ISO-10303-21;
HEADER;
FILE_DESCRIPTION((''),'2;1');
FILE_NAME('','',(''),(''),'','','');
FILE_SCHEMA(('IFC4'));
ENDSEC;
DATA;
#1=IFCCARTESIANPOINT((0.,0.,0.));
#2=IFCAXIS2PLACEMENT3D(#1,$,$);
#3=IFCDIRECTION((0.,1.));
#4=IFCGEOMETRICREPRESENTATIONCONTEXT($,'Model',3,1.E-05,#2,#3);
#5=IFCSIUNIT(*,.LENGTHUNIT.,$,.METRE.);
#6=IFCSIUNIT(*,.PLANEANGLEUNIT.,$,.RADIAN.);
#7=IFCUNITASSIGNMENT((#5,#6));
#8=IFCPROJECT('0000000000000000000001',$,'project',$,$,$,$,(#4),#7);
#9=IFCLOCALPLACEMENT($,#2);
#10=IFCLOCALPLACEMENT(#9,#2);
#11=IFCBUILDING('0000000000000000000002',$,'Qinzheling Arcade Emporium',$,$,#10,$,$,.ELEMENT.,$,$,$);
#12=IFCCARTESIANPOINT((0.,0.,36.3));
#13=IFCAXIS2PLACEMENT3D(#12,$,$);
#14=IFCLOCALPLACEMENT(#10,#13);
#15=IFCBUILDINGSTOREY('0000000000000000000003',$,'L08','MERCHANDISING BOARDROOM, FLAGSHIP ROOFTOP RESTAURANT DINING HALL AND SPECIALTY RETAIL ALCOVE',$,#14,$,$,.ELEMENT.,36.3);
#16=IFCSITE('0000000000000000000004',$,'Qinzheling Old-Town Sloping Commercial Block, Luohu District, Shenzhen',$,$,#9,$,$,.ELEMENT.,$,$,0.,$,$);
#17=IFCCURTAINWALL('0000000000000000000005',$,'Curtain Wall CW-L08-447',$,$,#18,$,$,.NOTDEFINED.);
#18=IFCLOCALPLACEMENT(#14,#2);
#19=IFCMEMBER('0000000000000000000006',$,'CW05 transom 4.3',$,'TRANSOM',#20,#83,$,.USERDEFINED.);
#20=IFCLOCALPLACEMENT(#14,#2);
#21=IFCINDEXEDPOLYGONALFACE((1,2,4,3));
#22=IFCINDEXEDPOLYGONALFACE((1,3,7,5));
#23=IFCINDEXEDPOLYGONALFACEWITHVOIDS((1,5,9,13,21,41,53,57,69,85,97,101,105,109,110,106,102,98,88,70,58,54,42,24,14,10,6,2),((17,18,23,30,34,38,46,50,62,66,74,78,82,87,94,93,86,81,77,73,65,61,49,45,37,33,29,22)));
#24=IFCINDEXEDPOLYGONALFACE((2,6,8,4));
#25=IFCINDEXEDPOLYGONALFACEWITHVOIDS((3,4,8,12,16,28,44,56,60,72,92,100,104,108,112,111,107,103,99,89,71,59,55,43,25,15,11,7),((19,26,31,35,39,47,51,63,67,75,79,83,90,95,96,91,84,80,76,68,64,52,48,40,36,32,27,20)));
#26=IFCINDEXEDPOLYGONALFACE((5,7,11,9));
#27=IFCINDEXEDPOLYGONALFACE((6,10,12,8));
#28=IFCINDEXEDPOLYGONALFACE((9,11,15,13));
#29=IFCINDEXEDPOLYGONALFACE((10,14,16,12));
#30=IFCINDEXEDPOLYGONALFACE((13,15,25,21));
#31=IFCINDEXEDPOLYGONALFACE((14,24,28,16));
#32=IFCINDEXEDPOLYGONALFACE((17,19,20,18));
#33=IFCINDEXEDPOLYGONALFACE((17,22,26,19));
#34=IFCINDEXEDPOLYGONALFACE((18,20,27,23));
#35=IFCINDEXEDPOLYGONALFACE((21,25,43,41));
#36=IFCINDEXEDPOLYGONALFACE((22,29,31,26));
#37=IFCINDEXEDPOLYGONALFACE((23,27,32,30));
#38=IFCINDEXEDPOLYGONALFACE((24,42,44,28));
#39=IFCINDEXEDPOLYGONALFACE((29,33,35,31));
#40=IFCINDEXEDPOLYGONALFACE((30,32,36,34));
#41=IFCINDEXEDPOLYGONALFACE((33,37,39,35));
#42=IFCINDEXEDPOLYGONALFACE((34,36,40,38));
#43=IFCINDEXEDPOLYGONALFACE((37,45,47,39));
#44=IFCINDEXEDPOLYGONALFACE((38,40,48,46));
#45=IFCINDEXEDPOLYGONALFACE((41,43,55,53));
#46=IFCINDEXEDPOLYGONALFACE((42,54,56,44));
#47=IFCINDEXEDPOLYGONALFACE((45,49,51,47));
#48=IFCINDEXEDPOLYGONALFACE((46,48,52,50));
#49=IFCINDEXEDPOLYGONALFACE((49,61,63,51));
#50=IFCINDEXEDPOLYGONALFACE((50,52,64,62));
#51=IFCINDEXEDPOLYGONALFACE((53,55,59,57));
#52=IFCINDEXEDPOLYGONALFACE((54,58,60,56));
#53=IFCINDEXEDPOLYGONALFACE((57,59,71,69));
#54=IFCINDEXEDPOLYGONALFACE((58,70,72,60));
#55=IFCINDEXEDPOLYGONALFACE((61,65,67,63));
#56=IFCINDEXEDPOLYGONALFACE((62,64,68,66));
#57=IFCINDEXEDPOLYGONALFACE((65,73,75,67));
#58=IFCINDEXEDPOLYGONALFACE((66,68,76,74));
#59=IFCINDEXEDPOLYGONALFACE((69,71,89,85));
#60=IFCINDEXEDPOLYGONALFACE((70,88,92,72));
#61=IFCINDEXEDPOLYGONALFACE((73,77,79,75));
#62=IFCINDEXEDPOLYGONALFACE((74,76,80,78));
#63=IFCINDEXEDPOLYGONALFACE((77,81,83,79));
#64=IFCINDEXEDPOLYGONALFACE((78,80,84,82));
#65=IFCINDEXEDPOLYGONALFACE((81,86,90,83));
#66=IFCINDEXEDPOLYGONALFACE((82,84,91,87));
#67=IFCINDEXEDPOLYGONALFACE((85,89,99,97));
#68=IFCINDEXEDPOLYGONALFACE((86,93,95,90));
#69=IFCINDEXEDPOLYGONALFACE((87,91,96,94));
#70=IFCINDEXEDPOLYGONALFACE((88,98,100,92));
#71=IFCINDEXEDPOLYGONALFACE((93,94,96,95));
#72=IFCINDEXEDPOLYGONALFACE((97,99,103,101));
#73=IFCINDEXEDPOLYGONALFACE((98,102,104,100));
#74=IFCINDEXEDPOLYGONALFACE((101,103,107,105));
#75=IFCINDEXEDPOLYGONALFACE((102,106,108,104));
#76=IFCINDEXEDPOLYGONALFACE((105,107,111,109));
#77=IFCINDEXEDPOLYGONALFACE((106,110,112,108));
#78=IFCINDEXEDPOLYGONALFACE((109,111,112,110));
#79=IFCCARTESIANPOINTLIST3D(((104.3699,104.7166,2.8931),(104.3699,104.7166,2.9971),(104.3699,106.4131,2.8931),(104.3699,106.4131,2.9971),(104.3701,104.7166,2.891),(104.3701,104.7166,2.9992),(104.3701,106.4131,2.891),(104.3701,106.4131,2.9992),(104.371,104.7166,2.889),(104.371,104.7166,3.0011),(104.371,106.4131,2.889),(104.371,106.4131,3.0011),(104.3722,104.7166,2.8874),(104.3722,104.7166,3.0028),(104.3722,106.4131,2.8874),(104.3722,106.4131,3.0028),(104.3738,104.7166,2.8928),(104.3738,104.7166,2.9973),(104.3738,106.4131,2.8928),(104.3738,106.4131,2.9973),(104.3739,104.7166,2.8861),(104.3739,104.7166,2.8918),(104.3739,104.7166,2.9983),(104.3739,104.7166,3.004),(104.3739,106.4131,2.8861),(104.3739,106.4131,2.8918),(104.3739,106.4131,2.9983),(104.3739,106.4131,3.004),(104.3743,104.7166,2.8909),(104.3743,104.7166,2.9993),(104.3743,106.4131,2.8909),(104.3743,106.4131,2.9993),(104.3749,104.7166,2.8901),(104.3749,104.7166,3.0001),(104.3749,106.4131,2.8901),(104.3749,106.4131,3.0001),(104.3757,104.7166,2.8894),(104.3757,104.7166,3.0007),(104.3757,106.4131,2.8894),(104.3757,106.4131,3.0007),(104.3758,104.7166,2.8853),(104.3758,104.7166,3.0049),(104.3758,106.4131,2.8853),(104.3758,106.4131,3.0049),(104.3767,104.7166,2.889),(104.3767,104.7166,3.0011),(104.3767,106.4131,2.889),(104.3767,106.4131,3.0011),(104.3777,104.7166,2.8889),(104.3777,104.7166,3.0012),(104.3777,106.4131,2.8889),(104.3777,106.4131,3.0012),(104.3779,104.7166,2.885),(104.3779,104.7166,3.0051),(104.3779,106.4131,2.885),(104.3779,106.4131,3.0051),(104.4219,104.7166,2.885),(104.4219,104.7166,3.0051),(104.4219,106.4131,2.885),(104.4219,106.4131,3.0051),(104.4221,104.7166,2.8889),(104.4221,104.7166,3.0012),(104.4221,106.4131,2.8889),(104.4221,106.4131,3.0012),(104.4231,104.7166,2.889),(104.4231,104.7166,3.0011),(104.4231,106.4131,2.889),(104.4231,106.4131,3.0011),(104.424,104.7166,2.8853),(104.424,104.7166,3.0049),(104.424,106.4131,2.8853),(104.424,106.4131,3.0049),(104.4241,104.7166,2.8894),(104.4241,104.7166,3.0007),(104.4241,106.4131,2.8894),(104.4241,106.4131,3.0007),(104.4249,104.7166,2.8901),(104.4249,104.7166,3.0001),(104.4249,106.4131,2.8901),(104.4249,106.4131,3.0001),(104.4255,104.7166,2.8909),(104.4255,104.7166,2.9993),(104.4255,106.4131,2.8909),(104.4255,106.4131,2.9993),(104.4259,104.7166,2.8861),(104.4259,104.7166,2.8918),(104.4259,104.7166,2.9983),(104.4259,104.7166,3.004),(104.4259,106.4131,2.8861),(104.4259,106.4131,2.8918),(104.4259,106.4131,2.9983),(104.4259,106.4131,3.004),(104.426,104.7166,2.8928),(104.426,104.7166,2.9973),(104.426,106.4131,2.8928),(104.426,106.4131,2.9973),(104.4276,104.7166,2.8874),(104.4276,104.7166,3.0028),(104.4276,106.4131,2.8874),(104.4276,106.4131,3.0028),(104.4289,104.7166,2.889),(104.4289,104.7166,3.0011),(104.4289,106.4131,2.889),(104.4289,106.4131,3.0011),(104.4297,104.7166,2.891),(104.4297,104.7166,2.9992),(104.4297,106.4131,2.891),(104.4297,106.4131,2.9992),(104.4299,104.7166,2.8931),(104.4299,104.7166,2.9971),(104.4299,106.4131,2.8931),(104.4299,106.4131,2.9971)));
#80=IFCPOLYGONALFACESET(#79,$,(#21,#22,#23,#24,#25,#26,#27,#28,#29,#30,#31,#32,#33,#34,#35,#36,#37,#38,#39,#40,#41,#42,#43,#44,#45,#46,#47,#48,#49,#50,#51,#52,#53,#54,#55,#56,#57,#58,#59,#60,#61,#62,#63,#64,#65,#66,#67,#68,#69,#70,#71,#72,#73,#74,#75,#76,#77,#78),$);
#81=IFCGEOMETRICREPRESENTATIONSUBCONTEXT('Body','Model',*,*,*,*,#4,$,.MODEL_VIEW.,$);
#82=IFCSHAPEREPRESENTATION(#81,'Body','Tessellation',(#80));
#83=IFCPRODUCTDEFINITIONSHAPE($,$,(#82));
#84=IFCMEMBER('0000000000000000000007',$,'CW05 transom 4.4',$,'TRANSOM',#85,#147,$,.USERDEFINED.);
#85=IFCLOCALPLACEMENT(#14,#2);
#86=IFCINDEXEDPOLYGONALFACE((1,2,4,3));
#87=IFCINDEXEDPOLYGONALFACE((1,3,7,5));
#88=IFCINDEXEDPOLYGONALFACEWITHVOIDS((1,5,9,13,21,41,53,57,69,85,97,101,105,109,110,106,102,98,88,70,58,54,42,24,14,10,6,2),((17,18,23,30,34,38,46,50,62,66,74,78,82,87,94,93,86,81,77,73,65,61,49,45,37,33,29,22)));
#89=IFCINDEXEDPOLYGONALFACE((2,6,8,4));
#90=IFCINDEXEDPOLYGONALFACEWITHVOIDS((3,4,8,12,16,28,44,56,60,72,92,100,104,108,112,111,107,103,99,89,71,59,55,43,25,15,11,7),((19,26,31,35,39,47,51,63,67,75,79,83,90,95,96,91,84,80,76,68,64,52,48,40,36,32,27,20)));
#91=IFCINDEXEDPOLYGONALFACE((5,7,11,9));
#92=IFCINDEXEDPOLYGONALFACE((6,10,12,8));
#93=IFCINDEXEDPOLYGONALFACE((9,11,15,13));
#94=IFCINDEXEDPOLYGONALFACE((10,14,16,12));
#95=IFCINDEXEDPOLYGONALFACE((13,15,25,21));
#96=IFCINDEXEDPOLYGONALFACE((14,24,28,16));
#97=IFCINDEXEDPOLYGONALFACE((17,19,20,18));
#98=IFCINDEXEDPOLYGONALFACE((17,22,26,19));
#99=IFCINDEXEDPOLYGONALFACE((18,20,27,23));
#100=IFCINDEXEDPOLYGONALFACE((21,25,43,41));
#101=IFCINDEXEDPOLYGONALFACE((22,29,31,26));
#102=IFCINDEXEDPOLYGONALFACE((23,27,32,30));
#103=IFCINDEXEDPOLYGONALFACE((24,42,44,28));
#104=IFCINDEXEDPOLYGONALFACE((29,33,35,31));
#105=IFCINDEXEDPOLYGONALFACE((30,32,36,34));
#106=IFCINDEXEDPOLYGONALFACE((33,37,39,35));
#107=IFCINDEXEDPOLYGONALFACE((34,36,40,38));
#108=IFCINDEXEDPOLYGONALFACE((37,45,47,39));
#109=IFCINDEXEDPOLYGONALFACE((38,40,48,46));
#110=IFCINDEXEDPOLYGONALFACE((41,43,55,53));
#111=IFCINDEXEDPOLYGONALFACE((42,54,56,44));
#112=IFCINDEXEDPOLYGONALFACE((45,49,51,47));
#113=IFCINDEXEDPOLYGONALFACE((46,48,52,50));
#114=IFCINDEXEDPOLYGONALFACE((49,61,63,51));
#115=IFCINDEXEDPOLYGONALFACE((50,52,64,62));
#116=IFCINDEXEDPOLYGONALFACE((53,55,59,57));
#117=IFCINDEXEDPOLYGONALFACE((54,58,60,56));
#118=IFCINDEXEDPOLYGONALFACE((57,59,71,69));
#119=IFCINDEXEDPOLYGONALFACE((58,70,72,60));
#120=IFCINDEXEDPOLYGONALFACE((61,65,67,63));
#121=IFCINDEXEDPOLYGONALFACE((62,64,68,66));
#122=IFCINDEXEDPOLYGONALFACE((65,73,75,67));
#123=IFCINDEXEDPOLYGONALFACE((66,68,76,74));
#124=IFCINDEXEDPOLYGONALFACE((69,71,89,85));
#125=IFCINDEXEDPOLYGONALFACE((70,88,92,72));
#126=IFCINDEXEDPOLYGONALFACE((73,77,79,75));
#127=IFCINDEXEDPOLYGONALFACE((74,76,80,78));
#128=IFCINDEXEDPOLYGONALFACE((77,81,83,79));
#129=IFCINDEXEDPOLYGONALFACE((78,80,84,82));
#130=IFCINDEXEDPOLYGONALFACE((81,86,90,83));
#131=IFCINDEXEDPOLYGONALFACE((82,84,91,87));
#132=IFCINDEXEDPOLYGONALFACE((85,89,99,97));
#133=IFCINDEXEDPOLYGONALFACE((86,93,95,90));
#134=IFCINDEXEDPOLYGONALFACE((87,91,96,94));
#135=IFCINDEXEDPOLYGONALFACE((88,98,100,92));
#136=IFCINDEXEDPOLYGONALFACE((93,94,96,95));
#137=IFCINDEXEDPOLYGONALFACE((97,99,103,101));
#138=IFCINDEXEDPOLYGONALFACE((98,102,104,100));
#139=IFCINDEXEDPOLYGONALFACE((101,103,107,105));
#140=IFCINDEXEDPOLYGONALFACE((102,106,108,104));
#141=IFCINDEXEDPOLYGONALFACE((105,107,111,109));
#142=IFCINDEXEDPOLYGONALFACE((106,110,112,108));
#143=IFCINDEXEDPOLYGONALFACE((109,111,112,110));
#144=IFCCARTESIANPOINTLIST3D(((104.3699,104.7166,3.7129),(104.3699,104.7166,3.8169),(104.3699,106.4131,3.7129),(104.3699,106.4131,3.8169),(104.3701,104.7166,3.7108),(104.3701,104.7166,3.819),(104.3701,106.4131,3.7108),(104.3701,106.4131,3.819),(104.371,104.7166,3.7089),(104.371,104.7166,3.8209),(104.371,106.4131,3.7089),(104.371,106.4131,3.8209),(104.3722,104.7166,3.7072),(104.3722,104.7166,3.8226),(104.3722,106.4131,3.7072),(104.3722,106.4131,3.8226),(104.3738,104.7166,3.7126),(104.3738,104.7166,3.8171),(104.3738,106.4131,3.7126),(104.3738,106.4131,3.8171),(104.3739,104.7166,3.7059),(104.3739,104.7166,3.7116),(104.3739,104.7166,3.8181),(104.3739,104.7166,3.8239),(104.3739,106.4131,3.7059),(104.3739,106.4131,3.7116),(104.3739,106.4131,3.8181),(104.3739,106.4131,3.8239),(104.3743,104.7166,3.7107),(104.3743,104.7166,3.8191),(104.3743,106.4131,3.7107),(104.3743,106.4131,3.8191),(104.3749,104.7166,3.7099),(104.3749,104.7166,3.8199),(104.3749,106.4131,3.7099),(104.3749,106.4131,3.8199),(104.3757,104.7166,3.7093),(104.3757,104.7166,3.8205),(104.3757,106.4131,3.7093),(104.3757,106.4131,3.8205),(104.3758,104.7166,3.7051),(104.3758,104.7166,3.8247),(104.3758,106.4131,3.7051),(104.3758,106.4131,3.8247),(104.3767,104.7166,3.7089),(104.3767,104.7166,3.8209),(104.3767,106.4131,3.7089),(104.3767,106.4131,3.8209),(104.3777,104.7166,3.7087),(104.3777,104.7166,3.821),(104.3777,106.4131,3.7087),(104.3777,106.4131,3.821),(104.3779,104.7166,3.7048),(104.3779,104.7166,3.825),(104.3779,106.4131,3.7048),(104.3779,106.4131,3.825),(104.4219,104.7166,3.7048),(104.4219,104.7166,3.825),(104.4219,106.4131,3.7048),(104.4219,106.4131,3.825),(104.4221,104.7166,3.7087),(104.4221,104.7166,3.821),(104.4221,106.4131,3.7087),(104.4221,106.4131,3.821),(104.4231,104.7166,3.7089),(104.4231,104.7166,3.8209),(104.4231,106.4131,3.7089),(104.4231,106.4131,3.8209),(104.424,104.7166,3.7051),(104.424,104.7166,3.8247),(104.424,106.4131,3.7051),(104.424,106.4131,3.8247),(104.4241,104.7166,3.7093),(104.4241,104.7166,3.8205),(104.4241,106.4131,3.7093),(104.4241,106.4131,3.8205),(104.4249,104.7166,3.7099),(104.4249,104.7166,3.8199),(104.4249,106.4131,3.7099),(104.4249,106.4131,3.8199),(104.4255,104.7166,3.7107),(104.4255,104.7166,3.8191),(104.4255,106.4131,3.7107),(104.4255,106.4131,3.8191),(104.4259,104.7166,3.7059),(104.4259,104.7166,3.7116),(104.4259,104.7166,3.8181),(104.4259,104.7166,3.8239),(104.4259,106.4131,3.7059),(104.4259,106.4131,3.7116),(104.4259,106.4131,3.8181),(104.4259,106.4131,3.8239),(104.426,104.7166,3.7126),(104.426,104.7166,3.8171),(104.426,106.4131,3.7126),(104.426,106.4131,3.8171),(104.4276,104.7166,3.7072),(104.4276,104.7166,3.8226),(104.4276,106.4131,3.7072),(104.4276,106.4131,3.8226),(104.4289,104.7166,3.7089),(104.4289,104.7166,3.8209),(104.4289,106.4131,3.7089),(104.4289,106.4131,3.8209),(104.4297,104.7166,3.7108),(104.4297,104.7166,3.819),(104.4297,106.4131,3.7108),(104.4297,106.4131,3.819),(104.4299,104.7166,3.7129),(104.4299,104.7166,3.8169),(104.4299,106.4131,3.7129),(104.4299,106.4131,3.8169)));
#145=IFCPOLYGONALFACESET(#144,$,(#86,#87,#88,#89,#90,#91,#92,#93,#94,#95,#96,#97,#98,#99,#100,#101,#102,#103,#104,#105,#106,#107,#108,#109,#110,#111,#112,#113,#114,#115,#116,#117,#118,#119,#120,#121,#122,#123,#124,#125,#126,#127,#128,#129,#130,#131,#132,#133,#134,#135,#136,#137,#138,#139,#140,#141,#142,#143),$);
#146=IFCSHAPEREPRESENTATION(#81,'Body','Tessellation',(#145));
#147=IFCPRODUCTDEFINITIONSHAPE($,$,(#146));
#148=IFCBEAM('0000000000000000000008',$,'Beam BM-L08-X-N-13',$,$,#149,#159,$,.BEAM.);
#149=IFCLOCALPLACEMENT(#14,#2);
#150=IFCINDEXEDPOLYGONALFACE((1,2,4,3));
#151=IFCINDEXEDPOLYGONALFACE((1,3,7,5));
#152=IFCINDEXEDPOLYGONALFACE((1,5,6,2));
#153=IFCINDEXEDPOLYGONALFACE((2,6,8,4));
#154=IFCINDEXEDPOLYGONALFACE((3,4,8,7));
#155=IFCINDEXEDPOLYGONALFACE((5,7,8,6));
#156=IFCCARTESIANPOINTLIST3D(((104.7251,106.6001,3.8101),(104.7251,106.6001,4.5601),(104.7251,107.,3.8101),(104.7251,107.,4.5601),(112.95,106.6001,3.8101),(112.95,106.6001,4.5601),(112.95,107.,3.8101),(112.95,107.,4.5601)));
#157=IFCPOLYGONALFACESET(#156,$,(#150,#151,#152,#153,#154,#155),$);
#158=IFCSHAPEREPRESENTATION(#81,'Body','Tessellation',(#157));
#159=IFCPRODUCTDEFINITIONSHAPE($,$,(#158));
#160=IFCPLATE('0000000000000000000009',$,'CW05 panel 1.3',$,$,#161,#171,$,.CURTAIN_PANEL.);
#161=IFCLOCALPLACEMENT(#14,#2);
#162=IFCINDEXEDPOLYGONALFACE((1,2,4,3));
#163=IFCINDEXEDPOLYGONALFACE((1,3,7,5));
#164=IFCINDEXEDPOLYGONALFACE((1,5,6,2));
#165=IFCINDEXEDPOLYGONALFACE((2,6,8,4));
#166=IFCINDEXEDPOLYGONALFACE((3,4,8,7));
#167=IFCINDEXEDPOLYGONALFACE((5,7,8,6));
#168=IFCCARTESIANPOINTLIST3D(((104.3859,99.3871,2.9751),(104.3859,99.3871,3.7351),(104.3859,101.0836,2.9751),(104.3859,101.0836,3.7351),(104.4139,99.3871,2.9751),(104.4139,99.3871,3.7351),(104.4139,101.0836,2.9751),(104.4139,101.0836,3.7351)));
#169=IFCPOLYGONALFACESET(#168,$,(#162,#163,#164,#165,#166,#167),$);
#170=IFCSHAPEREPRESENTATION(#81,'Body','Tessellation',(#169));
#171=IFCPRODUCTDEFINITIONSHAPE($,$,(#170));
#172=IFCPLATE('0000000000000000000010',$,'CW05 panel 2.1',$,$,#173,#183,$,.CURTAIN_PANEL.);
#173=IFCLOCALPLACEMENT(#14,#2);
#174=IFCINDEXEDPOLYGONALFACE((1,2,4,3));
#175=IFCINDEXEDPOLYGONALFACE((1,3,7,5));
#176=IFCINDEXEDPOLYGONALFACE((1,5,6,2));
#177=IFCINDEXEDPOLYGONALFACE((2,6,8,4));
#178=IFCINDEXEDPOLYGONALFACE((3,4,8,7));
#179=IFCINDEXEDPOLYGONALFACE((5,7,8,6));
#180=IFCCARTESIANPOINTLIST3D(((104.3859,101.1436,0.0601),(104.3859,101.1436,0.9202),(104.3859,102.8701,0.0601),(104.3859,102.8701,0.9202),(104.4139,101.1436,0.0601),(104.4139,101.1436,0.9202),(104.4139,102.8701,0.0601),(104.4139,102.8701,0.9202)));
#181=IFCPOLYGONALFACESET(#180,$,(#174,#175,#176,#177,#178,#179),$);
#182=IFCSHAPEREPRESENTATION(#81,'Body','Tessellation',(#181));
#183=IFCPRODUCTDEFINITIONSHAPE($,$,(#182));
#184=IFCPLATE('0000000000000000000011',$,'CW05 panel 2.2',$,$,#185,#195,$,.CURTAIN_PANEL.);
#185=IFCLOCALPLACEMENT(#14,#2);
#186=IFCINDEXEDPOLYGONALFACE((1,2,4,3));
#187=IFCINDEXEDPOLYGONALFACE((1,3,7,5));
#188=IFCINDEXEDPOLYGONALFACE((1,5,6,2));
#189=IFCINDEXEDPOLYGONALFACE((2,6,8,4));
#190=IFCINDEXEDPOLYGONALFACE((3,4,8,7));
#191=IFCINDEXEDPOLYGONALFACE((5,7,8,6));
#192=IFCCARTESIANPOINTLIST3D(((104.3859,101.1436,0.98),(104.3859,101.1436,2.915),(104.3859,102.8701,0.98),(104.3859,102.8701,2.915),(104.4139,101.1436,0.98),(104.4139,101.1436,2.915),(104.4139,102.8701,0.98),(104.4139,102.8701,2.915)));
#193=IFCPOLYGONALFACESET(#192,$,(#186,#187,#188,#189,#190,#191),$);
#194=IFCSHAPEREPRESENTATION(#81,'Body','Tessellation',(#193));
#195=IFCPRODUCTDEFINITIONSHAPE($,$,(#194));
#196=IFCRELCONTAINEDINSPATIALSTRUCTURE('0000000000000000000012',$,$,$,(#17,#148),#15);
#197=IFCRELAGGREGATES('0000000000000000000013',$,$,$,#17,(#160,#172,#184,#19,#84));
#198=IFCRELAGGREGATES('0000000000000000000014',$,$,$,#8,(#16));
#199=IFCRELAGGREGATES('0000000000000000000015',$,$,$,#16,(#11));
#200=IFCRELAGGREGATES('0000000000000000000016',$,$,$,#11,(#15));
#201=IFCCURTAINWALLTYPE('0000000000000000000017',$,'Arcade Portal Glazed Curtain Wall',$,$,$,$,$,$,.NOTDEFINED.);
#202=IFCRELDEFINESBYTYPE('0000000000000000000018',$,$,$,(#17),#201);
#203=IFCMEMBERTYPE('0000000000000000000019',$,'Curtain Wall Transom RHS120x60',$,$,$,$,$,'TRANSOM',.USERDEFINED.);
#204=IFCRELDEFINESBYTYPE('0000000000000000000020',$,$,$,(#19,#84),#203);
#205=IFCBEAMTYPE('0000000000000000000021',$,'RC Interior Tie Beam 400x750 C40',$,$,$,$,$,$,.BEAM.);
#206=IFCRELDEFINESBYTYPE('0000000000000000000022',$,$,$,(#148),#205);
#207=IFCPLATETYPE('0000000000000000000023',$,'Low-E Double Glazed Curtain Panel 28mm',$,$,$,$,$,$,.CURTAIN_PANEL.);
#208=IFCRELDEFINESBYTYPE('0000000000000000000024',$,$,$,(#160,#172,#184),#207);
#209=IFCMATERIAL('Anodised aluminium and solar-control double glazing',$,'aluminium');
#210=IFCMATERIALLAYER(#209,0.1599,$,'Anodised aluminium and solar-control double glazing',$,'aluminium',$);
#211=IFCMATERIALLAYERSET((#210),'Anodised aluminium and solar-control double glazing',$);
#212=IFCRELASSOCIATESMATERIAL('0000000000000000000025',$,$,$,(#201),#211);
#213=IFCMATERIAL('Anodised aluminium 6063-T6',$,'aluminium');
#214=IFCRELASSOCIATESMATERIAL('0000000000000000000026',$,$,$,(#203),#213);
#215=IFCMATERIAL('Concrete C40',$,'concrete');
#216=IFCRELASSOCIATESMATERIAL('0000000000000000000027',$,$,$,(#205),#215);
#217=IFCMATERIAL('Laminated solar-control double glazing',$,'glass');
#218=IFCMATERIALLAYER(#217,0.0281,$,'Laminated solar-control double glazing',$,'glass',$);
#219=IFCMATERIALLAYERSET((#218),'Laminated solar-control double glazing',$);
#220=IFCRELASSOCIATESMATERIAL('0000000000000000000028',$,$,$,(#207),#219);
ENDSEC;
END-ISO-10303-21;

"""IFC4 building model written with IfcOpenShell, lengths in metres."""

from ifc_helpers import new_model, si_unit, direction, frame, origin, origin_2d, place, context, subcontext, project, spatial, rectangle, hollow_rectangle, extrude, material, layer, layer_set, material_profile, profile_set, type_object, element, aggregate, save


model = new_model("IFC4")

# Units and contexts
model_context = context("Model", 3, precision=1e-05, world=origin(), true_north=direction((0.0, 1.0)))
body_context = subcontext(model_context, "Body", "Model", "MODEL_VIEW")
ifc_project = project(units=[si_unit("LENGTHUNIT", "METRE"), si_unit("PLANEANGLEUNIT", "RADIAN")], contexts=[model_context])

# Site, building, storey
site_placement = place(None, origin())
site = spatial("IfcSite", under=ifc_project, at=site_placement, Name="Qinzheling Old-Town Sloping Commercial Block, Luohu District, Shenzhen", CompositionType="ELEMENT", RefElevation=0.0)
building_placement = place(site_placement, origin())
building = spatial("IfcBuilding", under=site, at=building_placement, Name="Qinzheling Arcade Emporium", CompositionType="ELEMENT")
storey_placement = place(building_placement, frame((0.0, 0.0, 36.3)))
storey = spatial("IfcBuildingStorey", under=building, at=storey_placement, Name="L08", Description="MERCHANDISING BOARDROOM, FLAGSHIP ROOFTOP RESTAURANT DINING HALL AND SPECIALTY RETAIL ALCOVE", CompositionType="ELEMENT", Elevation=36.3)

# Shared definitions
ifc_material_1 = material(Name="Concrete C40", Category="concrete")

# Curtain wall, members
ifc_material_2 = material(Name="Anodised aluminium and solar-control double glazing", Category="aluminium")
ifc_layer_1 = layer(ifc_material_2, 0.1599, Name="Anodised aluminium and solar-control double glazing", Category="aluminium")
ifc_layer_set_1 = layer_set([ifc_layer_1], Name="Anodised aluminium and solar-control double glazing")
curtain_wall_type = type_object("IfcCurtainWallType", Name="Arcade Portal Glazed Curtain Wall", PredefinedType="NOTDEFINED", material=ifc_layer_set_1)
curtain_wall_placement = place(storey_placement, origin())
curtain_wall = element("IfcCurtainWall", 1, at=curtain_wall_placement, inside=storey, type_object=curtain_wall_type, Name="Curtain Wall CW-L08-447", PredefinedType="NOTDEFINED")
ifc_material_3 = material(Name="Anodised aluminium 6063-T6", Category="aluminium")
ifc_material_profile_1 = material_profile(ifc_material_3, hollow_rectangle(XDim=0.0601, YDim=0.1201, WallThickness=0.0039, InnerFilletRadius=0.0039, OuterFilletRadius=0.0081, at=origin_2d()), Name="RHS 120x60x4", Category="aluminium")
ifc_profile_set_1 = profile_set([ifc_material_profile_1], Name="Anodised aluminium 6063-T6")
member_type_1 = type_object("IfcMemberType", Name="Curtain Wall Transom RHS120x60", ElementType="TRANSOM", PredefinedType="USERDEFINED", material=ifc_profile_set_1)
member_1_placement = place(storey_placement, frame((104.3999, 104.7166, 2.9451), z_axis=(0.0, 1.0, 0.0), x_axis=(-1.0, 0.0, 0.0)))
member_1 = element("IfcMember", 2, at=member_1_placement, type_object=member_type_1, Name="CW05 transom 4.3", ObjectType="TRANSOM", PredefinedType="USERDEFINED", context=body_context, shape_type="SweptSolid", body=[
    extrude(hollow_rectangle(XDim=0.0601, YDim=0.1201, WallThickness=0.0039, InnerFilletRadius=0.0039, OuterFilletRadius=0.0081, at=origin_2d()), origin(), (0.0, 0.0, 1.0), 1.6965),
])
member_2_placement = place(storey_placement, frame((104.3999, 104.7166, 3.7649), z_axis=(0.0, 1.0, 0.0), x_axis=(-1.0, 0.0, 0.0)))
member_2 = element("IfcMember", 3, at=member_2_placement, type_object=member_type_1, Name="CW05 transom 4.4", ObjectType="TRANSOM", PredefinedType="USERDEFINED", context=body_context, shape_type="SweptSolid", body=[
    extrude(hollow_rectangle(XDim=0.0601, YDim=0.1201, WallThickness=0.0039, InnerFilletRadius=0.0039, OuterFilletRadius=0.0081, at=origin_2d()), origin(), (0.0, 0.0, 1.0), 1.6965),
])

# Beam
ifc_material_profile_2 = material_profile(ifc_material_1, rectangle(XDim=0.3999, YDim=0.75, at=origin_2d()), Name="RC 400x750", Category="concrete")
ifc_profile_set_2 = profile_set([ifc_material_profile_2], Name="Concrete C40")
beam_type = type_object("IfcBeamType", Name="RC Interior Tie Beam 400x750 C40", PredefinedType="BEAM", material=ifc_profile_set_2)
beam_placement = place(storey_placement, frame((104.7251, 106.8, 4.1851), z_axis=(1.0, 0.0, 0.0), x_axis=(0.0, 1.0, 0.0)))
element("IfcBeam", 4, at=beam_placement, inside=storey, type_object=beam_type, Name="Beam BM-L08-X-N-13", PredefinedType="BEAM", context=body_context, shape_type="SweptSolid", body=[
    extrude(rectangle(XDim=0.3999, YDim=0.75, at=origin_2d()), origin(), (0.0, 0.0, 1.0), 8.2249),
])

# Plates
ifc_material_4 = material(Name="Laminated solar-control double glazing", Category="glass")
ifc_layer_2 = layer(ifc_material_4, 0.0281, Name="Laminated solar-control double glazing", Category="glass")
ifc_layer_set_2 = layer_set([ifc_layer_2], Name="Laminated solar-control double glazing")
plate_type = type_object("IfcPlateType", Name="Low-E Double Glazed Curtain Panel 28mm", PredefinedType="CURTAIN_PANEL", material=ifc_layer_set_2)
plate_1_placement = place(storey_placement, frame((104.3999, 100.2354, 2.9751), z_axis=(0.0, 0.0, 1.0), x_axis=(0.0, 1.0, 0.0)))
plate_1 = element("IfcPlate", 5, at=plate_1_placement, type_object=plate_type, Name="CW05 panel 1.3", PredefinedType="CURTAIN_PANEL", context=body_context, shape_type="SweptSolid", body=[
    extrude(rectangle(XDim=1.6965, YDim=0.0281, at=origin_2d()), origin(), (0.0, 0.0, 1.0), 0.76),
])
plate_2_placement = place(storey_placement, frame((104.3999, 102.0068, 0.0601), z_axis=(0.0, 0.0, 1.0), x_axis=(0.0, 1.0, 0.0)))
plate_2 = element("IfcPlate", 6, at=plate_2_placement, type_object=plate_type, Name="CW05 panel 2.1", PredefinedType="CURTAIN_PANEL", context=body_context, shape_type="SweptSolid", body=[
    extrude(rectangle(XDim=1.7266, YDim=0.0281, at=origin_2d()), origin(), (0.0, 0.0, 1.0), 0.8601),
])
plate_3_placement = place(storey_placement, frame((104.3999, 102.0068, 0.98), z_axis=(0.0, 0.0, 1.0), x_axis=(0.0, 1.0, 0.0)))
plate_3 = element("IfcPlate", 7, at=plate_3_placement, type_object=plate_type, Name="CW05 panel 2.2", PredefinedType="CURTAIN_PANEL", context=body_context, shape_type="SweptSolid", body=[
    extrude(rectangle(XDim=1.7266, YDim=0.0281, at=origin_2d()), origin(), (0.0, 0.0, 1.0), 1.9351),
])
aggregate(curtain_wall, [plate_1, plate_2, plate_3, member_1, member_2])

save(model, "model.ifc")
